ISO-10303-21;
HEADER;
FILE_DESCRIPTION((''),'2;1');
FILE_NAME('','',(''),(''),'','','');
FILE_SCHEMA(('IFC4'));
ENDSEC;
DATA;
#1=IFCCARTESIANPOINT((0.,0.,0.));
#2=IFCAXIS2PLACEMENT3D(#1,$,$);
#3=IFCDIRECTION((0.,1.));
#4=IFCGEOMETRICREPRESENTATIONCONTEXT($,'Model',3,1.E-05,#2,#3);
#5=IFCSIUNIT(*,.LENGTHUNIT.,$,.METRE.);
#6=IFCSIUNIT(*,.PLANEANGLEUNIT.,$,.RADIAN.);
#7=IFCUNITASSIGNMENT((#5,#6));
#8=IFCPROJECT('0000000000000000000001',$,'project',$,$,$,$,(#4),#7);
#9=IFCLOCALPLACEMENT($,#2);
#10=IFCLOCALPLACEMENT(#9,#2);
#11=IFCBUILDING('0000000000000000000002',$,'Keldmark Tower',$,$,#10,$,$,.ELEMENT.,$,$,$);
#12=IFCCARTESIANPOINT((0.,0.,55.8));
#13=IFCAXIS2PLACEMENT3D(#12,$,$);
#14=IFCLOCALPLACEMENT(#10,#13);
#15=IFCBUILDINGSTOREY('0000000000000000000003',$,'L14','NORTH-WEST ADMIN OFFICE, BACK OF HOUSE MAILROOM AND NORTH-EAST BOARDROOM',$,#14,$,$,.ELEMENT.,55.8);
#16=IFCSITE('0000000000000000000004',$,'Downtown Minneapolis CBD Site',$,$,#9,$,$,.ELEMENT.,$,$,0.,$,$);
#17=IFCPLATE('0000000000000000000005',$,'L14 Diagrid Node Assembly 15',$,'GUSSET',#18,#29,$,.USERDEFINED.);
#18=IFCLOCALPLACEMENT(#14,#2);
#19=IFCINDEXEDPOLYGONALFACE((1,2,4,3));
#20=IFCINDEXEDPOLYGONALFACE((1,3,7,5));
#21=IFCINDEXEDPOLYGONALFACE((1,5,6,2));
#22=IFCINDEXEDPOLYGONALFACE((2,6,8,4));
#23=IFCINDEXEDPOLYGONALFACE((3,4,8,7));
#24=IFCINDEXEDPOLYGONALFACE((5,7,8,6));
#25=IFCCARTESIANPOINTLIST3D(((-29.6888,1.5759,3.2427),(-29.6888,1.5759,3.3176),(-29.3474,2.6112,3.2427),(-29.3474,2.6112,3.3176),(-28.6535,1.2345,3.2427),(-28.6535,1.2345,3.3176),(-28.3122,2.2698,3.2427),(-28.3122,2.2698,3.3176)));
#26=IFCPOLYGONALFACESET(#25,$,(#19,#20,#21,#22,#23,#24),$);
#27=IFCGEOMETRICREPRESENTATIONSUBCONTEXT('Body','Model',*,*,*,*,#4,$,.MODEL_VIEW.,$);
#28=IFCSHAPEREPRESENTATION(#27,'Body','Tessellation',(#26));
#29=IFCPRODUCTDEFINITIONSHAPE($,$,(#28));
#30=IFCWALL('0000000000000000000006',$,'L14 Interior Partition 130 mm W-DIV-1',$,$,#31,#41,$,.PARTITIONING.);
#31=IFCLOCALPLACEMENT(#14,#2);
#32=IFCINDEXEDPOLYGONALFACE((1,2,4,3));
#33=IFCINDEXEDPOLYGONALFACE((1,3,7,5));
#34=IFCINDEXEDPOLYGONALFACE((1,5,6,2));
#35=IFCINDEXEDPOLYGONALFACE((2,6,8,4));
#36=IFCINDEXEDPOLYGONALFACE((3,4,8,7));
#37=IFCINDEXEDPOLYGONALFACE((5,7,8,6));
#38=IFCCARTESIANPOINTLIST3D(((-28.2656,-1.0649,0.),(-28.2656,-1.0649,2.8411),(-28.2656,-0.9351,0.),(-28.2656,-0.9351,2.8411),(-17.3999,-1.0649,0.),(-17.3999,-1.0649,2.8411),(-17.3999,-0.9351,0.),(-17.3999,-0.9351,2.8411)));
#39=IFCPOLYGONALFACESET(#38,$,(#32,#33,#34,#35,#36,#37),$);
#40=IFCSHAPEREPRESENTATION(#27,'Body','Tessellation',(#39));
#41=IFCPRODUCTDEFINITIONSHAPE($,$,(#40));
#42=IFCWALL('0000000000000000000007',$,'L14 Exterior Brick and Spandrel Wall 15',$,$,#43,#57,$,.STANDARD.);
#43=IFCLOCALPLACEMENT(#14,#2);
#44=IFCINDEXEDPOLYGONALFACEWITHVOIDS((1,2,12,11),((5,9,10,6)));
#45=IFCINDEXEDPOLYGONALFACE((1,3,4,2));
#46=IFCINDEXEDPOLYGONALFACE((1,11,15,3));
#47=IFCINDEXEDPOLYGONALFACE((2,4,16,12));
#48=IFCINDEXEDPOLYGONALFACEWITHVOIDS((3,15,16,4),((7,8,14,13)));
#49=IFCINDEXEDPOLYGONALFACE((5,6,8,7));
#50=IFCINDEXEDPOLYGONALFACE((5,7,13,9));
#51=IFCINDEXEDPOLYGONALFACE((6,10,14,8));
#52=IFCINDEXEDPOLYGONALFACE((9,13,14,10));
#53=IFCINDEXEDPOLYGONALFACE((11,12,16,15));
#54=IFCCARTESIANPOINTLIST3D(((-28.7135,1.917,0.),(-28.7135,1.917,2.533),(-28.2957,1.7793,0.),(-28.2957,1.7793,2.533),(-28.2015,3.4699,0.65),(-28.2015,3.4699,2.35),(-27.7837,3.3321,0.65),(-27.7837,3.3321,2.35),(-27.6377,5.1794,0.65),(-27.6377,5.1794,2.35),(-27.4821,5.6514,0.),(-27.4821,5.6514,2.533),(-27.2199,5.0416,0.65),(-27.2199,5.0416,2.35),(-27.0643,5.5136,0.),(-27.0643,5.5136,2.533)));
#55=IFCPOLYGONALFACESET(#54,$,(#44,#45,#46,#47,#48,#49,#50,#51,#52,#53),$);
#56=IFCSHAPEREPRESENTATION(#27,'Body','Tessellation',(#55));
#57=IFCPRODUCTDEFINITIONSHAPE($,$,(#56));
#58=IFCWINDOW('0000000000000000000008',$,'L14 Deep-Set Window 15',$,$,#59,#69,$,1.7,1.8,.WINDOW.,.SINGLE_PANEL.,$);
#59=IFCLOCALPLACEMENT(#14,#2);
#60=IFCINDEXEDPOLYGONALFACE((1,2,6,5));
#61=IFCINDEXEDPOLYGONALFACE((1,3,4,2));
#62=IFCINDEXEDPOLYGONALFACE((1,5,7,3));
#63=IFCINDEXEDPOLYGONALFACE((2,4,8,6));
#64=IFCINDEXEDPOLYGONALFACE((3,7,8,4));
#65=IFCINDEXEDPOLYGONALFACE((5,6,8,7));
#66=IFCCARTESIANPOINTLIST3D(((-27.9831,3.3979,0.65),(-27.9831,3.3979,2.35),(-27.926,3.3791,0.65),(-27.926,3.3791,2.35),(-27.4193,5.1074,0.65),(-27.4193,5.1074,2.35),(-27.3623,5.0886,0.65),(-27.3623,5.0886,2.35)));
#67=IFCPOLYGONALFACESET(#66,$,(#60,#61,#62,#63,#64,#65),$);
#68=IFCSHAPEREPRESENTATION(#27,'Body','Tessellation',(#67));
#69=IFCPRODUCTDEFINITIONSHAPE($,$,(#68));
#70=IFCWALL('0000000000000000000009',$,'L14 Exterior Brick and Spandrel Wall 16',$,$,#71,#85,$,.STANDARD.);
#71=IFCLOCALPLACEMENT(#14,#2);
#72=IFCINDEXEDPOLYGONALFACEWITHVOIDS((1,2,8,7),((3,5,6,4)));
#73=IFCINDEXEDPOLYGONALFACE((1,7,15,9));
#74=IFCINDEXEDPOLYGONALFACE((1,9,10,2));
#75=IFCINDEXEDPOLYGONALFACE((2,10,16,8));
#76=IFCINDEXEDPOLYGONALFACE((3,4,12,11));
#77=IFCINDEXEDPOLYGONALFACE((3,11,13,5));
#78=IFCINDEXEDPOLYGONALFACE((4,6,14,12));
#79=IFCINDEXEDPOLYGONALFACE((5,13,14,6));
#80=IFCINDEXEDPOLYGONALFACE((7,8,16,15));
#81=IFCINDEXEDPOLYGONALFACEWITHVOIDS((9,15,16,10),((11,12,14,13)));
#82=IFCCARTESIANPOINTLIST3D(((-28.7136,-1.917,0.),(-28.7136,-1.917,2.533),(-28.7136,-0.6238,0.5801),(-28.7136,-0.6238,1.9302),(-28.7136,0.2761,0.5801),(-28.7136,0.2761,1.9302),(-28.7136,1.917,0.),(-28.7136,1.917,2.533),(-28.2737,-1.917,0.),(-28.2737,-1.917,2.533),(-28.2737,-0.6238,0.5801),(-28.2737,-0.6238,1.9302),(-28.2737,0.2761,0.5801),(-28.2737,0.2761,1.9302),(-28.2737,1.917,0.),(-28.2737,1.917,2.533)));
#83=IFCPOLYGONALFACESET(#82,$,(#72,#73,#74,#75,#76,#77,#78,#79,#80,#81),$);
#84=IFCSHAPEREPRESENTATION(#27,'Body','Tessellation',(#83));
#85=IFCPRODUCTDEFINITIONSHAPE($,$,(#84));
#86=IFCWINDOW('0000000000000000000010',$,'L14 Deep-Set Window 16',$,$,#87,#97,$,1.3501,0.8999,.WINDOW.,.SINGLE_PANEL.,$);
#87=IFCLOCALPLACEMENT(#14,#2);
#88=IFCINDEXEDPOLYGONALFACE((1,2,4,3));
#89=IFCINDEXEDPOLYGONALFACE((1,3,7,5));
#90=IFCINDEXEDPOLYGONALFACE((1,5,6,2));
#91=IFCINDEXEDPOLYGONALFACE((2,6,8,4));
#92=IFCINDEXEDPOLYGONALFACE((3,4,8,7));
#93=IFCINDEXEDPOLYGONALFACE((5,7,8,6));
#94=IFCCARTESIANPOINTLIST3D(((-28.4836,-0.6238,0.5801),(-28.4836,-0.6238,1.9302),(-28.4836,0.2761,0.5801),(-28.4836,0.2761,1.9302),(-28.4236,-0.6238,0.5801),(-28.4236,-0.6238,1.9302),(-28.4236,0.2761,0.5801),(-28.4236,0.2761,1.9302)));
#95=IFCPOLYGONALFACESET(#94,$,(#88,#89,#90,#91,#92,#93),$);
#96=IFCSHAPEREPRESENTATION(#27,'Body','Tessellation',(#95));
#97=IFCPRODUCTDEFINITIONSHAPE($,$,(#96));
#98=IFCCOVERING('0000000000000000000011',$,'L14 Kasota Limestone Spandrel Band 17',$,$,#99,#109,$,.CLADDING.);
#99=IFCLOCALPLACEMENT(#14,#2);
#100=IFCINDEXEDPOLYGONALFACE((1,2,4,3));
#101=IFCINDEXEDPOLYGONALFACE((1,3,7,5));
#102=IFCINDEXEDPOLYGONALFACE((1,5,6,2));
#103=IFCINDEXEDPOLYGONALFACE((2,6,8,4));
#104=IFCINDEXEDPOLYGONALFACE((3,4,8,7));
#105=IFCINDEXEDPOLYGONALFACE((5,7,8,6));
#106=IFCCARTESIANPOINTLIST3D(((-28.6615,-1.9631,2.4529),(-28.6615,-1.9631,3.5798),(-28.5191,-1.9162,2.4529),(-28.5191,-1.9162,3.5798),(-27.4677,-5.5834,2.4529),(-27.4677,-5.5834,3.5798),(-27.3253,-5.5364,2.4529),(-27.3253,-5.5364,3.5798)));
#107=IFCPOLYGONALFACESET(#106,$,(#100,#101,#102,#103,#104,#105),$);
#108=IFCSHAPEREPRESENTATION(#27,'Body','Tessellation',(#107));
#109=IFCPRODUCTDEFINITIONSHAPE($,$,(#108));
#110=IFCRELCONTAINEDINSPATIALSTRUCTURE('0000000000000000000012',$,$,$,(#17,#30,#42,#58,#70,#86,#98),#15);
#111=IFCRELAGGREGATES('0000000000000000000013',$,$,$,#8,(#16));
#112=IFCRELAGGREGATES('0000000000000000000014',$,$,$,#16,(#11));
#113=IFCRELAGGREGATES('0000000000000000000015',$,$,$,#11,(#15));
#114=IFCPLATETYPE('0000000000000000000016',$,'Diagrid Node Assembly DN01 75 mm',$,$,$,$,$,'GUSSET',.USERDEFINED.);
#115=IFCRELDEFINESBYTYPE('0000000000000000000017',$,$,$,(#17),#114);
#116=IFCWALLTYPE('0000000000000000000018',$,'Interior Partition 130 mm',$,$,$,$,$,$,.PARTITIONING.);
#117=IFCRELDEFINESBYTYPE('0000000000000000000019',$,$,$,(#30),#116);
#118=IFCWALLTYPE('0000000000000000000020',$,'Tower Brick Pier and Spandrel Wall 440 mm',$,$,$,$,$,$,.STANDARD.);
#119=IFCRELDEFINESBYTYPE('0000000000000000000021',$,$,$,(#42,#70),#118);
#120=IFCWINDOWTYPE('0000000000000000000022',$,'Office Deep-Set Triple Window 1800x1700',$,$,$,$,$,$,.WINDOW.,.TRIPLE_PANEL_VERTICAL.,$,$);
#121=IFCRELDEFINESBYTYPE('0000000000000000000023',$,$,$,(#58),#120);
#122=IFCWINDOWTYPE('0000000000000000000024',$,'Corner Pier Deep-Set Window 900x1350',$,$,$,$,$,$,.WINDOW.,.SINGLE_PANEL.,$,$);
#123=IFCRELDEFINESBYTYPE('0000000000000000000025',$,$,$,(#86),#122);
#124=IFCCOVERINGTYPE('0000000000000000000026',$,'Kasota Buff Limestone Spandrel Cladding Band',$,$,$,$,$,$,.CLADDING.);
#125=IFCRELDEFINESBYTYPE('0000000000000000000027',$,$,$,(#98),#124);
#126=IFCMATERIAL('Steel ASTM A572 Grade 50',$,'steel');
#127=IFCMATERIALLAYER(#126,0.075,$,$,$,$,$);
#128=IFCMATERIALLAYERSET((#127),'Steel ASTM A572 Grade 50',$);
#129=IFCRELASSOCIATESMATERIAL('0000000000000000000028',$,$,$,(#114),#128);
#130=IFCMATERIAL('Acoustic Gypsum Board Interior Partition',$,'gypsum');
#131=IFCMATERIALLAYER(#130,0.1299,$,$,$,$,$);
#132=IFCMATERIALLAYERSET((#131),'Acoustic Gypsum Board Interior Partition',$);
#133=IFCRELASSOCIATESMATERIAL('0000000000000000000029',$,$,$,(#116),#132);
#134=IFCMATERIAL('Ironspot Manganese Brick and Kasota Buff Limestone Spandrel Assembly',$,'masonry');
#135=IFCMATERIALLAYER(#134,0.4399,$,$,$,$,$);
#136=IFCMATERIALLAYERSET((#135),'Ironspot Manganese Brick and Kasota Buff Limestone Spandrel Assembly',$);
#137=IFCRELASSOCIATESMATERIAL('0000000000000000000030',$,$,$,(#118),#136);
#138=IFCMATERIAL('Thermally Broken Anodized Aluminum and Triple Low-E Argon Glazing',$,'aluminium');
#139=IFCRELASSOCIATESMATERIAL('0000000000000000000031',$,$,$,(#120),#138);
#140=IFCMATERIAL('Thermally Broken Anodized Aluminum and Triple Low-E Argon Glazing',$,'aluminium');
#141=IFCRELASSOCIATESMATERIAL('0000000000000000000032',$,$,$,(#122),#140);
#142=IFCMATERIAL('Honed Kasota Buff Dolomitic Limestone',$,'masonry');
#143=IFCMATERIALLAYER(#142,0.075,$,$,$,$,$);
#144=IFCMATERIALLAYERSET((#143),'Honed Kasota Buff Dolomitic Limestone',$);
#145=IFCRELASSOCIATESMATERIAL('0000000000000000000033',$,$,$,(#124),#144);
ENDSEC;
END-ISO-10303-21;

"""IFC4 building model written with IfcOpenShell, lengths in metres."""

from ifc_helpers import new_model, si_unit, direction, frame, frame_2d, origin, origin_2d, place, context, subcontext, project, spatial, rectangle, extrude, material, layer, layer_set, type_object, element, fill, save


model = new_model("IFC4")

# Units and contexts
model_context = context("Model", 3, precision=1e-05, world=origin(), true_north=direction((0.0, 1.0)))
body_context = subcontext(model_context, "Body", "Model", "MODEL_VIEW")
ifc_project = project(units=[si_unit("LENGTHUNIT", "METRE"), si_unit("PLANEANGLEUNIT", "RADIAN")], contexts=[model_context])

# Site, building, storey
site_placement = place(None, origin())
site = spatial("IfcSite", under=ifc_project, at=site_placement, Name="Downtown Minneapolis CBD Site", CompositionType="ELEMENT", RefElevation=0.0)
building_placement = place(site_placement, origin())
building = spatial("IfcBuilding", under=site, at=building_placement, Name="Keldmark Tower", CompositionType="ELEMENT")
storey_placement = place(building_placement, frame((0.0, 0.0, 55.8)))
storey = spatial("IfcBuildingStorey", under=building, at=storey_placement, Name="L14", Description="NORTH-WEST ADMIN OFFICE, BACK OF HOUSE MAILROOM AND NORTH-EAST BOARDROOM", CompositionType="ELEMENT", Elevation=55.8)

# Plate
ifc_material_1 = material(Name="Steel ASTM A572 Grade 50", Category="steel")
ifc_layer_1 = layer(ifc_material_1, 0.075)
ifc_layer_set_1 = layer_set([ifc_layer_1], Name="Steel ASTM A572 Grade 50")
plate_type = type_object("IfcPlateType", Name="Diagrid Node Assembly DN01 75 mm", ElementType="GUSSET", PredefinedType="USERDEFINED", material=ifc_layer_set_1)
plate_placement = place(storey_placement, frame((-29.0005, 1.9229, 3.2427), z_axis=(0.0, 0.0, 1.0), x_axis=(-0.313164, -0.949699, 0.0)))
element("IfcPlate", 1, at=plate_placement, inside=storey, type_object=plate_type, Name="L14 Diagrid Node Assembly 15", ObjectType="GUSSET", PredefinedType="USERDEFINED", context=body_context, shape_type="SweptSolid", body=[
    extrude(rectangle(XDim=1.0901, YDim=1.0901, at=origin_2d()), origin(), (0.0, 0.0, 1.0), 0.075),
])

# Wall
ifc_material_2 = material(Name="Acoustic Gypsum Board Interior Partition", Category="gypsum")
ifc_layer_2 = layer(ifc_material_2, 0.1299)
ifc_layer_set_2 = layer_set([ifc_layer_2], Name="Acoustic Gypsum Board Interior Partition")
wall_type_1 = type_object("IfcWallType", Name="Interior Partition 130 mm", PredefinedType="PARTITIONING", material=ifc_layer_set_2)
wall_1_placement = place(storey_placement, frame((-28.2656, -1.0, 0.0), z_axis=(0.0, 0.0, 1.0), x_axis=(1.0, 0.0, 0.0)))
element("IfcWall", 2, at=wall_1_placement, inside=storey, type_object=wall_type_1, Name="L14 Interior Partition 130 mm W-DIV-1", PredefinedType="PARTITIONING", context=body_context, shape_type="SweptSolid", body=[
    extrude(rectangle(XDim=10.8657, YDim=0.1299, at=frame_2d((5.4329, 0.0))), origin(), (0.0, 0.0, 1.0), 2.8411),
])

# Walls, openings, windows
ifc_material_3 = material(Name="Ironspot Manganese Brick and Kasota Buff Limestone Spandrel Assembly", Category="masonry")
ifc_layer_3 = layer(ifc_material_3, 0.4399)
ifc_layer_set_3 = layer_set([ifc_layer_3], Name="Ironspot Manganese Brick and Kasota Buff Limestone Spandrel Assembly")
wall_type_2 = type_object("IfcWallType", Name="Tower Brick Pier and Spandrel Wall 440 mm", PredefinedType="STANDARD", material=ifc_layer_set_3)
wall_2_placement = place(storey_placement, frame((-28.5046, 1.8481, 0.0), z_axis=(0.0, 0.0, 1.0), x_axis=(0.313171, 0.949697, 0.0)))
wall_2 = element("IfcWall", 3, at=wall_2_placement, inside=storey, type_object=wall_type_2, Name="L14 Exterior Brick and Spandrel Wall 15", PredefinedType="STANDARD", context=body_context, shape_type="SweptSolid", body=[
    extrude(rectangle(XDim=3.9321, YDim=0.4399, at=frame_2d((1.9661, 0.0))), origin(), (0.0, 0.0, 1.0), 2.533),
])
opening_1_placement = place(wall_2_placement, frame((1.6353, 0.0, 0.6499)))
opening_1 = element("IfcOpeningElement", 4, at=opening_1_placement, cuts=wall_2, PredefinedType="OPENING", context=body_context, shape_type="SweptSolid", body=[
    extrude(rectangle(XDim=1.8, YDim=1.7, at=frame_2d((0.8999, 0.8501))), frame((0.0, 0.23, 0.0), z_axis=(0.0, -1.0, 0.0), x_axis=(1.0, 0.0, 0.0)), (0.0, 0.0, 1.0), 0.46),
])
ifc_material_4 = material(Name="Thermally Broken Anodized Aluminum and Triple Low-E Argon Glazing", Category="aluminium")
window_type_1 = type_object("IfcWindowType", Name="Office Deep-Set Triple Window 1800x1700", PartitioningType="TRIPLE_PANEL_VERTICAL", PredefinedType="WINDOW", material=ifc_material_4)
window_1_placement = place(opening_1_placement, origin())
window_1 = element("IfcWindow", 5, at=window_1_placement, inside=storey, type_object=window_type_1, Name="L14 Deep-Set Window 15", OverallHeight=1.7, OverallWidth=1.8, PartitioningType="SINGLE_PANEL", PredefinedType="WINDOW", context=body_context, shape_type="SweptSolid", body=[
    extrude(rectangle(XDim=1.8, YDim=1.7, at=frame_2d((0.8999, 0.8501))), frame((0.0, -0.01, 0.0), z_axis=(0.0, -1.0, 0.0), x_axis=(1.0, 0.0, 0.0)), (0.0, 0.0, 1.0), 0.0601),
])
fill(opening_1, window_1)
wall_3_placement = place(storey_placement, frame((-28.4937, -1.917, 0.0), z_axis=(0.0, 0.0, 1.0), x_axis=(0.0, 1.0, 0.0)))
wall_3 = element("IfcWall", 6, at=wall_3_placement, inside=storey, type_object=wall_type_2, Name="L14 Exterior Brick and Spandrel Wall 16", PredefinedType="STANDARD", context=body_context, shape_type="SweptSolid", body=[
    extrude(rectangle(XDim=3.834, YDim=0.4399, at=frame_2d((1.917, 0.0))), origin(), (0.0, 0.0, 1.0), 2.533),
])
opening_2_placement = place(wall_3_placement, frame((1.2932, 0.0, 0.5801)))
opening_2 = element("IfcOpeningElement", 7, at=opening_2_placement, cuts=wall_3, PredefinedType="OPENING", context=body_context, shape_type="SweptSolid", body=[
    extrude(rectangle(XDim=0.8999, YDim=1.3501, at=frame_2d((0.45, 0.675))), frame((0.0, 0.23, 0.0), z_axis=(0.0, -1.0, 0.0), x_axis=(1.0, 0.0, 0.0)), (0.0, 0.0, 1.0), 0.46),
])
ifc_material_5 = material(Name="Thermally Broken Anodized Aluminum and Triple Low-E Argon Glazing", Category="aluminium")
window_type_2 = type_object("IfcWindowType", Name="Corner Pier Deep-Set Window 900x1350", PartitioningType="SINGLE_PANEL", PredefinedType="WINDOW", material=ifc_material_5)
window_2_placement = place(opening_2_placement, origin())
window_2 = element("IfcWindow", 8, at=window_2_placement, inside=storey, type_object=window_type_2, Name="L14 Deep-Set Window 16", OverallHeight=1.3501, OverallWidth=0.8999, PartitioningType="SINGLE_PANEL", PredefinedType="WINDOW", context=body_context, shape_type="SweptSolid", body=[
    extrude(rectangle(XDim=0.8999, YDim=1.3501, at=frame_2d((0.45, 0.675))), frame((0.0, -0.01, 0.0), z_axis=(0.0, -1.0, 0.0), x_axis=(1.0, 0.0, 0.0)), (0.0, 0.0, 1.0), 0.0601),
])
fill(opening_2, window_2)

# Covering
ifc_material_6 = material(Name="Honed Kasota Buff Dolomitic Limestone", Category="masonry")
ifc_layer_4 = layer(ifc_material_6, 0.075)
ifc_layer_set_4 = layer_set([ifc_layer_4], Name="Honed Kasota Buff Dolomitic Limestone")
covering_type = type_object("IfcCoveringType", Name="Kasota Buff Limestone Spandrel Cladding Band", PredefinedType="CLADDING", material=ifc_layer_set_4)
covering_placement = place(storey_placement, frame((-27.9934, -3.7498, 2.4529), z_axis=(0.0, 0.0, 1.0), x_axis=(0.313164, -0.949699, 0.0)))
element("IfcCovering", 9, at=covering_placement, inside=storey, type_object=covering_type, Name="L14 Kasota Limestone Spandrel Band 17", PredefinedType="CLADDING", context=body_context, shape_type="SweptSolid", body=[
    extrude(rectangle(XDim=3.812, YDim=0.1499, at=origin_2d()), origin(), (0.0, 0.0, 1.0), 1.127),
])

save(model, "model.ifc")
